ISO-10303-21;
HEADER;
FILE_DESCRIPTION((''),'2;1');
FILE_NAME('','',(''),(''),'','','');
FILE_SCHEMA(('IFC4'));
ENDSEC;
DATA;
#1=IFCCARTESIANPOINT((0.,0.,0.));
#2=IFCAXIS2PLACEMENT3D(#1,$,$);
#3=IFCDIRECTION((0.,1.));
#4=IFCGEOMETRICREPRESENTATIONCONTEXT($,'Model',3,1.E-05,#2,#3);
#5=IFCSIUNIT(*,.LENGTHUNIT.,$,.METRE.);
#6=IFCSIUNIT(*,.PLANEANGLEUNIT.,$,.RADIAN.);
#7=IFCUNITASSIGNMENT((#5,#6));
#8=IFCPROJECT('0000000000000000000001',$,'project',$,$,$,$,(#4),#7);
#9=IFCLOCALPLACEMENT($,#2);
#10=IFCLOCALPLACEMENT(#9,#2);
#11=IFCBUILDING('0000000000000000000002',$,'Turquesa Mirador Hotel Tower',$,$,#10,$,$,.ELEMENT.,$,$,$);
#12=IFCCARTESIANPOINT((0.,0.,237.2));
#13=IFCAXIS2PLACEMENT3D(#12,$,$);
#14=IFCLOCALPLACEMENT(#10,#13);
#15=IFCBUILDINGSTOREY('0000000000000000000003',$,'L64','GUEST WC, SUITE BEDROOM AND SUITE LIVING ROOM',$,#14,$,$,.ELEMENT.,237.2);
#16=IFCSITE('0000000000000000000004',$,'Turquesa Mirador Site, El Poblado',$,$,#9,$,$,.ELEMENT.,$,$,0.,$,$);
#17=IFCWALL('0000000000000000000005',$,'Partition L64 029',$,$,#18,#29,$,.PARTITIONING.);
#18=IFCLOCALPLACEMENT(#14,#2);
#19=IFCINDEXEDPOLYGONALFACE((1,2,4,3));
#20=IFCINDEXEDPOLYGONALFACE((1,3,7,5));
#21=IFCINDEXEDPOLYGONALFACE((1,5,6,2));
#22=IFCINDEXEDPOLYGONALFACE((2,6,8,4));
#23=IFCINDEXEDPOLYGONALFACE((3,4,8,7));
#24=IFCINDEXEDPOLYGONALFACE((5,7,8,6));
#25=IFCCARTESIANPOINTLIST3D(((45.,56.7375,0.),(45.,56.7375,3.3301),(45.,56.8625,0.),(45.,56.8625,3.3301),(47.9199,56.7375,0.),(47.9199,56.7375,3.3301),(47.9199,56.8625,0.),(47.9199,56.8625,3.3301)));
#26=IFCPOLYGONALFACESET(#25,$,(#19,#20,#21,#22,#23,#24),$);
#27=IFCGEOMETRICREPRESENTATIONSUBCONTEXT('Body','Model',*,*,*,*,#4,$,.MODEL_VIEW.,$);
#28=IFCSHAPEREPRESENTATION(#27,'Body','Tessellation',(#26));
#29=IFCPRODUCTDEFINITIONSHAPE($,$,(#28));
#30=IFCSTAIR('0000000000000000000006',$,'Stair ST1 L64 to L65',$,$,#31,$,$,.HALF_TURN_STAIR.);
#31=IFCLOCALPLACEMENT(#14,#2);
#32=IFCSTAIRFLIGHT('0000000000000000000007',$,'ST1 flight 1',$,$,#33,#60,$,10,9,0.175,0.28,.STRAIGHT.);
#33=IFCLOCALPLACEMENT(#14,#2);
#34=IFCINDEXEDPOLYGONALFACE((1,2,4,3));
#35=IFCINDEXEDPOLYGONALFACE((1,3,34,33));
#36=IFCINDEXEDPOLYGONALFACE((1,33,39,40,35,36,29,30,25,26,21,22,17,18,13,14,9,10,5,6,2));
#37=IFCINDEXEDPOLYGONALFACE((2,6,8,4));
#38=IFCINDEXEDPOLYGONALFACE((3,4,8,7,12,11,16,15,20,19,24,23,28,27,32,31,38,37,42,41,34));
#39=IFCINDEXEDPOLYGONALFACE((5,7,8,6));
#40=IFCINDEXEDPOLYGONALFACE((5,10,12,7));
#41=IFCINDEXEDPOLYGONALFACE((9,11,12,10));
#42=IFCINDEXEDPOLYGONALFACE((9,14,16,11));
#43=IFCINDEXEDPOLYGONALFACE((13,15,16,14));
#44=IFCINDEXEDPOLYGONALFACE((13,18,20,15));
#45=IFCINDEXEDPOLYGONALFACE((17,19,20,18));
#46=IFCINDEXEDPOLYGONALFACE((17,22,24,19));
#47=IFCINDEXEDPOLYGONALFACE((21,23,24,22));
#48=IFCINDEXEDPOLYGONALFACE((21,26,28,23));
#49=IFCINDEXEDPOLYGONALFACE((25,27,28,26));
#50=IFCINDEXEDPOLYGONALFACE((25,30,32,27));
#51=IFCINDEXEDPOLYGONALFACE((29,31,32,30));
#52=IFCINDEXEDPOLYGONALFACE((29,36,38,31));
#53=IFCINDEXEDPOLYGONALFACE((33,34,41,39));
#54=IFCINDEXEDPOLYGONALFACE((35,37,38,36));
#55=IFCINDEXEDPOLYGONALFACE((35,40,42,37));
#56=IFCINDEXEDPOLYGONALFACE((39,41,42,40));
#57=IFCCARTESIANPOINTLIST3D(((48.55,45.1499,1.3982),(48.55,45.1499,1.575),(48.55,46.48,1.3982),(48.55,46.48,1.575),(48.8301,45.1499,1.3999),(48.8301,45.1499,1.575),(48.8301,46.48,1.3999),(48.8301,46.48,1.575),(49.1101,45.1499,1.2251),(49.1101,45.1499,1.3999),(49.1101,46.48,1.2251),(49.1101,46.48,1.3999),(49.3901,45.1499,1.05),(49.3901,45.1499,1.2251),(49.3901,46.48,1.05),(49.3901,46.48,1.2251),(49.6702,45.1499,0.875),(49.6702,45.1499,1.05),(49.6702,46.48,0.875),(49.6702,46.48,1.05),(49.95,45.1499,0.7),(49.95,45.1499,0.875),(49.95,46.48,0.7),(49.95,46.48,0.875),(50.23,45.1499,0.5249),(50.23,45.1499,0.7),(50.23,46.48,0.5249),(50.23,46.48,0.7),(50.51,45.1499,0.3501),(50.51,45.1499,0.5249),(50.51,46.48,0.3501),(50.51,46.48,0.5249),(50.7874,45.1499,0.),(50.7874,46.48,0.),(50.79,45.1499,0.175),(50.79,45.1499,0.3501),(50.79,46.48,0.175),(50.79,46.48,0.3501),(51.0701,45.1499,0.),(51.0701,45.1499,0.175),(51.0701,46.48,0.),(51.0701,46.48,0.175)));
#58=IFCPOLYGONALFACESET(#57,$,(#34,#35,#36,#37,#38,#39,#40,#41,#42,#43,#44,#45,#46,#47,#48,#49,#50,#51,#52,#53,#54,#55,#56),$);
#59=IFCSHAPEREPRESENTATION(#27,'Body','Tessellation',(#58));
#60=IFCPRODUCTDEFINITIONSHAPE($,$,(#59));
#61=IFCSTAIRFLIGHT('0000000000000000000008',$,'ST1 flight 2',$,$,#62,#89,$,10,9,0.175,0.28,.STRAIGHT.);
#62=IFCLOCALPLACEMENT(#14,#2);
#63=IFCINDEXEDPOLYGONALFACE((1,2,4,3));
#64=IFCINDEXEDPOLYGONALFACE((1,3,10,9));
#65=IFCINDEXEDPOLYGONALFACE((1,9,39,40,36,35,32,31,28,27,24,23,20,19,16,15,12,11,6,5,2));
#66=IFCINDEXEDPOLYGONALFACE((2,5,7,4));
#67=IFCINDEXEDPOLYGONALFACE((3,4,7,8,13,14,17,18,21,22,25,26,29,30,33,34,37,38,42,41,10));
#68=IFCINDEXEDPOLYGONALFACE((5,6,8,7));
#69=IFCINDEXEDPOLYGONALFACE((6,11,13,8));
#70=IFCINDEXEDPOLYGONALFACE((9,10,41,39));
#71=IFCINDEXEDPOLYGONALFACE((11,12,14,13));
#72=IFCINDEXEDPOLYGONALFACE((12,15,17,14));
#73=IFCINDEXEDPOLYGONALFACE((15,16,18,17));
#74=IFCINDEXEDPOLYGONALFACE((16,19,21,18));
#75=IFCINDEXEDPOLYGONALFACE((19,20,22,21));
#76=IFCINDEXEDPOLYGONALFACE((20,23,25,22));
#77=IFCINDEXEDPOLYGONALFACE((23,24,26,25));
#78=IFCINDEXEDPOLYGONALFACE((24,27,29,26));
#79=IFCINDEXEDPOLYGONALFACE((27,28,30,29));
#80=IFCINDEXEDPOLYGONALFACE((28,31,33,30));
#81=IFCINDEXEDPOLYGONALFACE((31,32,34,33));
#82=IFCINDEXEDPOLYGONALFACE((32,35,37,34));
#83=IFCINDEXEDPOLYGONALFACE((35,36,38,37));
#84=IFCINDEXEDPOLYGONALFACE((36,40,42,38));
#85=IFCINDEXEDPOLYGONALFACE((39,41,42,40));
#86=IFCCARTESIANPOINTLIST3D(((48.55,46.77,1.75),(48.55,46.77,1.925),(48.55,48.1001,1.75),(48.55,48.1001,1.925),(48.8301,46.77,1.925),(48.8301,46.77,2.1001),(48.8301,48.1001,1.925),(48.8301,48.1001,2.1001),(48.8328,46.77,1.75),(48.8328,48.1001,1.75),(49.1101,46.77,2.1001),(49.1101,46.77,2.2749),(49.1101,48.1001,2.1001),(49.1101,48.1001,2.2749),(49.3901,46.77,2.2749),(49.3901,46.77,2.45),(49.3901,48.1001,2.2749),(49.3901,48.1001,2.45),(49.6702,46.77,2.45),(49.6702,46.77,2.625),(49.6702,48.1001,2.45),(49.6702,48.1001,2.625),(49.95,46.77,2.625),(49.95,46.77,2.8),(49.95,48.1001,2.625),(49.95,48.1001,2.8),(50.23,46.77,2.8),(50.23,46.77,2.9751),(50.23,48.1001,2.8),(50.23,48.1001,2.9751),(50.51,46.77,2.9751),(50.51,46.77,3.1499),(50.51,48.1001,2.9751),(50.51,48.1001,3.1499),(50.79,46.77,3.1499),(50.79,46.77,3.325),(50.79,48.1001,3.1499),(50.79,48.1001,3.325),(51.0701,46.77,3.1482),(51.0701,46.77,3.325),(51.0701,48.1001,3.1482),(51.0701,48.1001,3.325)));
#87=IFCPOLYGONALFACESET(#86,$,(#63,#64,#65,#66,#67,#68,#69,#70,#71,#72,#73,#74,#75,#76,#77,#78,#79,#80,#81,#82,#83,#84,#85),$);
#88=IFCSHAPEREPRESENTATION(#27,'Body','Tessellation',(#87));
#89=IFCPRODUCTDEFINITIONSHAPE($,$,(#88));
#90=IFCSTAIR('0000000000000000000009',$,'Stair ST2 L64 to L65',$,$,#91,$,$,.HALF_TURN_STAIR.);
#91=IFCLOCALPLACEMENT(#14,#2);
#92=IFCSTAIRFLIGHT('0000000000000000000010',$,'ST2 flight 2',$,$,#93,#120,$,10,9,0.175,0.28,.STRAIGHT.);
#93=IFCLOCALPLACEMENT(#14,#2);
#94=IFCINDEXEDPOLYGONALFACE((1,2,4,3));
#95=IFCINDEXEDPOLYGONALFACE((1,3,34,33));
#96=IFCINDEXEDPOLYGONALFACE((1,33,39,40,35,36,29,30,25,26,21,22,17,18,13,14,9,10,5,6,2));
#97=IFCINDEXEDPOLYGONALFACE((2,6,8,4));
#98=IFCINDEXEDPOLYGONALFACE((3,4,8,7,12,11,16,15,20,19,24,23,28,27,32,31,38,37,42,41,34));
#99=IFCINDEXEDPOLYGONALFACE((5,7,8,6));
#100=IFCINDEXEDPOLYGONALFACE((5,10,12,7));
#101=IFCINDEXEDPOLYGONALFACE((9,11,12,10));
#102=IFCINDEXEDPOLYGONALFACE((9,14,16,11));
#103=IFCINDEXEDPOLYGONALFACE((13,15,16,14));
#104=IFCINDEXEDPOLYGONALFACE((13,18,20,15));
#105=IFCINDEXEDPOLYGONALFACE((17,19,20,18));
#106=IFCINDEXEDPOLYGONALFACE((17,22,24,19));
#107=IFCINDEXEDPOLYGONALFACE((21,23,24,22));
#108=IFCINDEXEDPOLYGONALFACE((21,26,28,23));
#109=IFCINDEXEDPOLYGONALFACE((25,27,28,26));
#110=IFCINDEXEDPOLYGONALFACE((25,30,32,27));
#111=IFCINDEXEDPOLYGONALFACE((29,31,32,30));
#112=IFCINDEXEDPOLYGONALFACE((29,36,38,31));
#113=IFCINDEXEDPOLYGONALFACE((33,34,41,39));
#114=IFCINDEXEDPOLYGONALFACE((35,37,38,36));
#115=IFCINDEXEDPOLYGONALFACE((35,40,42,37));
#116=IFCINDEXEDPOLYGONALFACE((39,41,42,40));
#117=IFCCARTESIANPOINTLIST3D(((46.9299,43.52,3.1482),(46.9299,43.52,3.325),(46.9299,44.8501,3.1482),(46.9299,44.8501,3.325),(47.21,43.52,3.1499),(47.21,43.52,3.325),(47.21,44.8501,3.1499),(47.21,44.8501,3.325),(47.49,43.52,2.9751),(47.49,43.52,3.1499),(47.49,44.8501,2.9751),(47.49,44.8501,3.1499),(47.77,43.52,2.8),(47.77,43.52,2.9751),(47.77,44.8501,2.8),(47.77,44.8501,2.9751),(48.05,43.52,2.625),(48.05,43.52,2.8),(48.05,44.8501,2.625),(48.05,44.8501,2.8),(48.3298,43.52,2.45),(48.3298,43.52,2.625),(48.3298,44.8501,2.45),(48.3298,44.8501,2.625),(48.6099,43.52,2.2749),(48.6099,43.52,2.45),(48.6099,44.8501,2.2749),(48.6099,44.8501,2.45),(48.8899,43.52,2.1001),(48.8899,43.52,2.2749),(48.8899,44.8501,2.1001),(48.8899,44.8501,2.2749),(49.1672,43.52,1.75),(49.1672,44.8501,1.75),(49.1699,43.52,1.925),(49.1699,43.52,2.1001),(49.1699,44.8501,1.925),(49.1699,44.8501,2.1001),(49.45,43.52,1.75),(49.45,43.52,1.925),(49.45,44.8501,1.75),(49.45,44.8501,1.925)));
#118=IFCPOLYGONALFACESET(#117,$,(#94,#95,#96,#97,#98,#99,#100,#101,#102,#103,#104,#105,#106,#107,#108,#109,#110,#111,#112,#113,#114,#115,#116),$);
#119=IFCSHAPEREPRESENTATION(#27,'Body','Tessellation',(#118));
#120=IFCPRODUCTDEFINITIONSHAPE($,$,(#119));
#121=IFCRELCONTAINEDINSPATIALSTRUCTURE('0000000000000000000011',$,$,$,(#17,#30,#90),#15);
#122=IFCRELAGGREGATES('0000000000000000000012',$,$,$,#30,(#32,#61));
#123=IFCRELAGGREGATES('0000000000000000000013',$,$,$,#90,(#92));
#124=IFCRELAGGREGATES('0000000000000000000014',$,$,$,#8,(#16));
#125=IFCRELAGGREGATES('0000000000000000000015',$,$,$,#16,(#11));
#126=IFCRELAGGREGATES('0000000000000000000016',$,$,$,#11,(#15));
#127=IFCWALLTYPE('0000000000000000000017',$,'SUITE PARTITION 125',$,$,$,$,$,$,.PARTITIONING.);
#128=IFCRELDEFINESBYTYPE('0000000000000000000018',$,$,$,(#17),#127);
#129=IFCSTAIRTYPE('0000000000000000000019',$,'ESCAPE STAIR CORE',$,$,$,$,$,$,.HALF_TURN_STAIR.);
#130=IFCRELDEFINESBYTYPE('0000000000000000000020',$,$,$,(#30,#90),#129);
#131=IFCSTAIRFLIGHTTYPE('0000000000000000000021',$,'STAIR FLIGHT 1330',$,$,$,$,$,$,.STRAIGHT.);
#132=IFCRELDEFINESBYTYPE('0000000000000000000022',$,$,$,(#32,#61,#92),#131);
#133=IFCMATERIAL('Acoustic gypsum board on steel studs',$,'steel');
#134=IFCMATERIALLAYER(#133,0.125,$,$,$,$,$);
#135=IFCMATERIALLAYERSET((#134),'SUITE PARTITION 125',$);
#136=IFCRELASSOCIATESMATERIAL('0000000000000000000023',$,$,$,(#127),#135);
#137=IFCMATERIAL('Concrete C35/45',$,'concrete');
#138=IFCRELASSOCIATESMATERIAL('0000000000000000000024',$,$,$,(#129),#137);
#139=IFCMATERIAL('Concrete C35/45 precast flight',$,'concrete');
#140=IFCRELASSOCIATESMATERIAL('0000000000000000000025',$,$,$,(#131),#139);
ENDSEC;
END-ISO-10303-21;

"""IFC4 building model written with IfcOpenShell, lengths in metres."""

from ifc_helpers import new_model, si_unit, direction, frame, frame_2d, origin, place, context, subcontext, project, spatial, polyline, rectangle, outline, extrude, material, layer, layer_set, type_object, element, aggregate, save


model = new_model("IFC4")

# Units and contexts
model_context = context("Model", 3, precision=1e-05, world=origin(), true_north=direction((0.0, 1.0)))
body_context = subcontext(model_context, "Body", "Model", "MODEL_VIEW")
ifc_project = project(units=[si_unit("LENGTHUNIT", "METRE"), si_unit("PLANEANGLEUNIT", "RADIAN")], contexts=[model_context])

# Site, building, storey
site_placement = place(None, origin())
site = spatial("IfcSite", under=ifc_project, at=site_placement, Name="Turquesa Mirador Site, El Poblado", CompositionType="ELEMENT", RefElevation=0.0)
building_placement = place(site_placement, origin())
building = spatial("IfcBuilding", under=site, at=building_placement, Name="Turquesa Mirador Hotel Tower", CompositionType="ELEMENT")
storey_placement = place(building_placement, frame((0.0, 0.0, 237.2)))
storey = spatial("IfcBuildingStorey", under=building, at=storey_placement, Name="L64", Description="GUEST WC, SUITE BEDROOM AND SUITE LIVING ROOM", CompositionType="ELEMENT", Elevation=237.2)

# Wall
ifc_material_1 = material(Name="Acoustic gypsum board on steel studs", Category="steel")
ifc_layer_1 = layer(ifc_material_1, 0.125)
ifc_layer_set_1 = layer_set([ifc_layer_1], Name="SUITE PARTITION 125")
wall_type_1 = type_object("IfcWallType", Name="SUITE PARTITION 125", PredefinedType="PARTITIONING", material=ifc_layer_set_1)
wall_1_placement = place(storey_placement, frame((45.0, 56.8, 0.0), z_axis=(0.0, 0.0, 1.0), x_axis=(1.0, 0.0, 0.0)))
element("IfcWall", 1, at=wall_1_placement, inside=storey, type_object=wall_type_1, Name="Partition L64 029", PredefinedType="PARTITIONING", context=body_context, shape_type="SweptSolid", body=[
    extrude(rectangle(XDim=2.9199, YDim=0.125, at=frame_2d((1.46, 0.0))), origin(), (0.0, 0.0, 1.0), 3.3301),
])

# Stair, stair flights
ifc_material_2 = material(Name="Concrete C35/45", Category="concrete")
stair_type = type_object("IfcStairType", Name="ESCAPE STAIR CORE", PredefinedType="HALF_TURN_STAIR", material=ifc_material_2)
stair_1_placement = place(storey_placement, origin())
stair_1 = element("IfcStair", 2, at=stair_1_placement, inside=storey, type_object=stair_type, Name="Stair ST1 L64 to L65", PredefinedType="HALF_TURN_STAIR")
ifc_material_3 = material(Name="Concrete C35/45 precast flight", Category="concrete")
stair_flight_type = type_object("IfcStairFlightType", Name="STAIR FLIGHT 1330", PredefinedType="STRAIGHT", material=ifc_material_3)
stair_flight_1_placement = place(storey_placement, frame((51.0701, 45.8149, 0.0), z_axis=(0.0, 0.0, 1.0), x_axis=(-1.0, 0.0, 0.0)))
stair_flight_1 = element("IfcStairFlight", 3, at=stair_flight_1_placement, type_object=stair_flight_type, Name="ST1 flight 1", NumberOfRisers=10, NumberOfTreads=9, PredefinedType="STRAIGHT", RiserHeight=0.175, TreadLength=0.28, context=body_context, shape_type="SweptSolid", body=[
    extrude(outline(polyline([(0.0, 0.0), (0.0, 0.175), (0.28, 0.175), (0.28, 0.3501), (0.5601, 0.3501), (0.5601, 0.5249), (0.8401, 0.5249), (0.8401, 0.7), (1.1201, 0.7), (1.1201, 0.875), (1.3999, 0.875), (1.3999, 1.05), (1.6799, 1.05), (1.6799, 1.2251), (1.96, 1.2251), (1.96, 1.3999), (2.24, 1.3999), (2.24, 1.575), (2.52, 1.575), (2.52, 1.75), (2.52, 1.3982), (0.2827, 0.0), (0.0, 0.0)])), frame((0.0, 0.665, 0.0), z_axis=(0.0, -1.0, 0.0), x_axis=(1.0, 0.0, 0.0)), (0.0, 0.0, 1.0), 1.3301),
])
stair_flight_2_placement = place(storey_placement, frame((48.55, 47.4351, 1.75), z_axis=(0.0, 0.0, 1.0), x_axis=(1.0, 0.0, 0.0)))
stair_flight_2 = element("IfcStairFlight", 4, at=stair_flight_2_placement, type_object=stair_flight_type, Name="ST1 flight 2", NumberOfRisers=10, NumberOfTreads=9, PredefinedType="STRAIGHT", RiserHeight=0.175, TreadLength=0.28, context=body_context, shape_type="SweptSolid", body=[
    extrude(outline(polyline([(0.0, 0.0), (0.0, 0.175), (0.28, 0.175), (0.28, 0.3501), (0.5601, 0.3501), (0.5601, 0.5249), (0.8401, 0.5249), (0.8401, 0.7), (1.1201, 0.7), (1.1201, 0.875), (1.3999, 0.875), (1.3999, 1.05), (1.6799, 1.05), (1.6799, 1.2251), (1.96, 1.2251), (1.96, 1.3999), (2.24, 1.3999), (2.24, 1.575), (2.52, 1.575), (2.52, 1.75), (2.52, 1.3982), (0.2827, 0.0), (0.0, 0.0)])), frame((0.0, 0.665, 0.0), z_axis=(0.0, -1.0, 0.0), x_axis=(1.0, 0.0, 0.0)), (0.0, 0.0, 1.0), 1.3301),
])
aggregate(stair_1, [stair_flight_1, stair_flight_2])

# Stair, stair flight
stair_2_placement = place(storey_placement, origin())
stair_2 = element("IfcStair", 5, at=stair_2_placement, inside=storey, type_object=stair_type, Name="Stair ST2 L64 to L65", PredefinedType="HALF_TURN_STAIR")
stair_flight_3_placement = place(storey_placement, frame((49.45, 44.1851, 1.75), z_axis=(0.0, 0.0, 1.0), x_axis=(-1.0, 0.0, 0.0)))
stair_flight_3 = element("IfcStairFlight", 6, at=stair_flight_3_placement, type_object=stair_flight_type, Name="ST2 flight 2", NumberOfRisers=10, NumberOfTreads=9, PredefinedType="STRAIGHT", RiserHeight=0.175, TreadLength=0.28, context=body_context, shape_type="SweptSolid", body=[
    extrude(outline(polyline([(0.0, 0.0), (0.0, 0.175), (0.28, 0.175), (0.28, 0.3501), (0.5601, 0.3501), (0.5601, 0.5249), (0.8401, 0.5249), (0.8401, 0.7), (1.1201, 0.7), (1.1201, 0.875), (1.3999, 0.875), (1.3999, 1.05), (1.6799, 1.05), (1.6799, 1.2251), (1.96, 1.2251), (1.96, 1.3999), (2.24, 1.3999), (2.24, 1.575), (2.52, 1.575), (2.52, 1.75), (2.52, 1.3982), (0.2827, 0.0), (0.0, 0.0)])), frame((0.0, 0.665, 0.0), z_axis=(0.0, -1.0, 0.0), x_axis=(1.0, 0.0, 0.0)), (0.0, 0.0, 1.0), 1.3301),
])
aggregate(stair_2, [stair_flight_3])

save(model, "model.ifc")
